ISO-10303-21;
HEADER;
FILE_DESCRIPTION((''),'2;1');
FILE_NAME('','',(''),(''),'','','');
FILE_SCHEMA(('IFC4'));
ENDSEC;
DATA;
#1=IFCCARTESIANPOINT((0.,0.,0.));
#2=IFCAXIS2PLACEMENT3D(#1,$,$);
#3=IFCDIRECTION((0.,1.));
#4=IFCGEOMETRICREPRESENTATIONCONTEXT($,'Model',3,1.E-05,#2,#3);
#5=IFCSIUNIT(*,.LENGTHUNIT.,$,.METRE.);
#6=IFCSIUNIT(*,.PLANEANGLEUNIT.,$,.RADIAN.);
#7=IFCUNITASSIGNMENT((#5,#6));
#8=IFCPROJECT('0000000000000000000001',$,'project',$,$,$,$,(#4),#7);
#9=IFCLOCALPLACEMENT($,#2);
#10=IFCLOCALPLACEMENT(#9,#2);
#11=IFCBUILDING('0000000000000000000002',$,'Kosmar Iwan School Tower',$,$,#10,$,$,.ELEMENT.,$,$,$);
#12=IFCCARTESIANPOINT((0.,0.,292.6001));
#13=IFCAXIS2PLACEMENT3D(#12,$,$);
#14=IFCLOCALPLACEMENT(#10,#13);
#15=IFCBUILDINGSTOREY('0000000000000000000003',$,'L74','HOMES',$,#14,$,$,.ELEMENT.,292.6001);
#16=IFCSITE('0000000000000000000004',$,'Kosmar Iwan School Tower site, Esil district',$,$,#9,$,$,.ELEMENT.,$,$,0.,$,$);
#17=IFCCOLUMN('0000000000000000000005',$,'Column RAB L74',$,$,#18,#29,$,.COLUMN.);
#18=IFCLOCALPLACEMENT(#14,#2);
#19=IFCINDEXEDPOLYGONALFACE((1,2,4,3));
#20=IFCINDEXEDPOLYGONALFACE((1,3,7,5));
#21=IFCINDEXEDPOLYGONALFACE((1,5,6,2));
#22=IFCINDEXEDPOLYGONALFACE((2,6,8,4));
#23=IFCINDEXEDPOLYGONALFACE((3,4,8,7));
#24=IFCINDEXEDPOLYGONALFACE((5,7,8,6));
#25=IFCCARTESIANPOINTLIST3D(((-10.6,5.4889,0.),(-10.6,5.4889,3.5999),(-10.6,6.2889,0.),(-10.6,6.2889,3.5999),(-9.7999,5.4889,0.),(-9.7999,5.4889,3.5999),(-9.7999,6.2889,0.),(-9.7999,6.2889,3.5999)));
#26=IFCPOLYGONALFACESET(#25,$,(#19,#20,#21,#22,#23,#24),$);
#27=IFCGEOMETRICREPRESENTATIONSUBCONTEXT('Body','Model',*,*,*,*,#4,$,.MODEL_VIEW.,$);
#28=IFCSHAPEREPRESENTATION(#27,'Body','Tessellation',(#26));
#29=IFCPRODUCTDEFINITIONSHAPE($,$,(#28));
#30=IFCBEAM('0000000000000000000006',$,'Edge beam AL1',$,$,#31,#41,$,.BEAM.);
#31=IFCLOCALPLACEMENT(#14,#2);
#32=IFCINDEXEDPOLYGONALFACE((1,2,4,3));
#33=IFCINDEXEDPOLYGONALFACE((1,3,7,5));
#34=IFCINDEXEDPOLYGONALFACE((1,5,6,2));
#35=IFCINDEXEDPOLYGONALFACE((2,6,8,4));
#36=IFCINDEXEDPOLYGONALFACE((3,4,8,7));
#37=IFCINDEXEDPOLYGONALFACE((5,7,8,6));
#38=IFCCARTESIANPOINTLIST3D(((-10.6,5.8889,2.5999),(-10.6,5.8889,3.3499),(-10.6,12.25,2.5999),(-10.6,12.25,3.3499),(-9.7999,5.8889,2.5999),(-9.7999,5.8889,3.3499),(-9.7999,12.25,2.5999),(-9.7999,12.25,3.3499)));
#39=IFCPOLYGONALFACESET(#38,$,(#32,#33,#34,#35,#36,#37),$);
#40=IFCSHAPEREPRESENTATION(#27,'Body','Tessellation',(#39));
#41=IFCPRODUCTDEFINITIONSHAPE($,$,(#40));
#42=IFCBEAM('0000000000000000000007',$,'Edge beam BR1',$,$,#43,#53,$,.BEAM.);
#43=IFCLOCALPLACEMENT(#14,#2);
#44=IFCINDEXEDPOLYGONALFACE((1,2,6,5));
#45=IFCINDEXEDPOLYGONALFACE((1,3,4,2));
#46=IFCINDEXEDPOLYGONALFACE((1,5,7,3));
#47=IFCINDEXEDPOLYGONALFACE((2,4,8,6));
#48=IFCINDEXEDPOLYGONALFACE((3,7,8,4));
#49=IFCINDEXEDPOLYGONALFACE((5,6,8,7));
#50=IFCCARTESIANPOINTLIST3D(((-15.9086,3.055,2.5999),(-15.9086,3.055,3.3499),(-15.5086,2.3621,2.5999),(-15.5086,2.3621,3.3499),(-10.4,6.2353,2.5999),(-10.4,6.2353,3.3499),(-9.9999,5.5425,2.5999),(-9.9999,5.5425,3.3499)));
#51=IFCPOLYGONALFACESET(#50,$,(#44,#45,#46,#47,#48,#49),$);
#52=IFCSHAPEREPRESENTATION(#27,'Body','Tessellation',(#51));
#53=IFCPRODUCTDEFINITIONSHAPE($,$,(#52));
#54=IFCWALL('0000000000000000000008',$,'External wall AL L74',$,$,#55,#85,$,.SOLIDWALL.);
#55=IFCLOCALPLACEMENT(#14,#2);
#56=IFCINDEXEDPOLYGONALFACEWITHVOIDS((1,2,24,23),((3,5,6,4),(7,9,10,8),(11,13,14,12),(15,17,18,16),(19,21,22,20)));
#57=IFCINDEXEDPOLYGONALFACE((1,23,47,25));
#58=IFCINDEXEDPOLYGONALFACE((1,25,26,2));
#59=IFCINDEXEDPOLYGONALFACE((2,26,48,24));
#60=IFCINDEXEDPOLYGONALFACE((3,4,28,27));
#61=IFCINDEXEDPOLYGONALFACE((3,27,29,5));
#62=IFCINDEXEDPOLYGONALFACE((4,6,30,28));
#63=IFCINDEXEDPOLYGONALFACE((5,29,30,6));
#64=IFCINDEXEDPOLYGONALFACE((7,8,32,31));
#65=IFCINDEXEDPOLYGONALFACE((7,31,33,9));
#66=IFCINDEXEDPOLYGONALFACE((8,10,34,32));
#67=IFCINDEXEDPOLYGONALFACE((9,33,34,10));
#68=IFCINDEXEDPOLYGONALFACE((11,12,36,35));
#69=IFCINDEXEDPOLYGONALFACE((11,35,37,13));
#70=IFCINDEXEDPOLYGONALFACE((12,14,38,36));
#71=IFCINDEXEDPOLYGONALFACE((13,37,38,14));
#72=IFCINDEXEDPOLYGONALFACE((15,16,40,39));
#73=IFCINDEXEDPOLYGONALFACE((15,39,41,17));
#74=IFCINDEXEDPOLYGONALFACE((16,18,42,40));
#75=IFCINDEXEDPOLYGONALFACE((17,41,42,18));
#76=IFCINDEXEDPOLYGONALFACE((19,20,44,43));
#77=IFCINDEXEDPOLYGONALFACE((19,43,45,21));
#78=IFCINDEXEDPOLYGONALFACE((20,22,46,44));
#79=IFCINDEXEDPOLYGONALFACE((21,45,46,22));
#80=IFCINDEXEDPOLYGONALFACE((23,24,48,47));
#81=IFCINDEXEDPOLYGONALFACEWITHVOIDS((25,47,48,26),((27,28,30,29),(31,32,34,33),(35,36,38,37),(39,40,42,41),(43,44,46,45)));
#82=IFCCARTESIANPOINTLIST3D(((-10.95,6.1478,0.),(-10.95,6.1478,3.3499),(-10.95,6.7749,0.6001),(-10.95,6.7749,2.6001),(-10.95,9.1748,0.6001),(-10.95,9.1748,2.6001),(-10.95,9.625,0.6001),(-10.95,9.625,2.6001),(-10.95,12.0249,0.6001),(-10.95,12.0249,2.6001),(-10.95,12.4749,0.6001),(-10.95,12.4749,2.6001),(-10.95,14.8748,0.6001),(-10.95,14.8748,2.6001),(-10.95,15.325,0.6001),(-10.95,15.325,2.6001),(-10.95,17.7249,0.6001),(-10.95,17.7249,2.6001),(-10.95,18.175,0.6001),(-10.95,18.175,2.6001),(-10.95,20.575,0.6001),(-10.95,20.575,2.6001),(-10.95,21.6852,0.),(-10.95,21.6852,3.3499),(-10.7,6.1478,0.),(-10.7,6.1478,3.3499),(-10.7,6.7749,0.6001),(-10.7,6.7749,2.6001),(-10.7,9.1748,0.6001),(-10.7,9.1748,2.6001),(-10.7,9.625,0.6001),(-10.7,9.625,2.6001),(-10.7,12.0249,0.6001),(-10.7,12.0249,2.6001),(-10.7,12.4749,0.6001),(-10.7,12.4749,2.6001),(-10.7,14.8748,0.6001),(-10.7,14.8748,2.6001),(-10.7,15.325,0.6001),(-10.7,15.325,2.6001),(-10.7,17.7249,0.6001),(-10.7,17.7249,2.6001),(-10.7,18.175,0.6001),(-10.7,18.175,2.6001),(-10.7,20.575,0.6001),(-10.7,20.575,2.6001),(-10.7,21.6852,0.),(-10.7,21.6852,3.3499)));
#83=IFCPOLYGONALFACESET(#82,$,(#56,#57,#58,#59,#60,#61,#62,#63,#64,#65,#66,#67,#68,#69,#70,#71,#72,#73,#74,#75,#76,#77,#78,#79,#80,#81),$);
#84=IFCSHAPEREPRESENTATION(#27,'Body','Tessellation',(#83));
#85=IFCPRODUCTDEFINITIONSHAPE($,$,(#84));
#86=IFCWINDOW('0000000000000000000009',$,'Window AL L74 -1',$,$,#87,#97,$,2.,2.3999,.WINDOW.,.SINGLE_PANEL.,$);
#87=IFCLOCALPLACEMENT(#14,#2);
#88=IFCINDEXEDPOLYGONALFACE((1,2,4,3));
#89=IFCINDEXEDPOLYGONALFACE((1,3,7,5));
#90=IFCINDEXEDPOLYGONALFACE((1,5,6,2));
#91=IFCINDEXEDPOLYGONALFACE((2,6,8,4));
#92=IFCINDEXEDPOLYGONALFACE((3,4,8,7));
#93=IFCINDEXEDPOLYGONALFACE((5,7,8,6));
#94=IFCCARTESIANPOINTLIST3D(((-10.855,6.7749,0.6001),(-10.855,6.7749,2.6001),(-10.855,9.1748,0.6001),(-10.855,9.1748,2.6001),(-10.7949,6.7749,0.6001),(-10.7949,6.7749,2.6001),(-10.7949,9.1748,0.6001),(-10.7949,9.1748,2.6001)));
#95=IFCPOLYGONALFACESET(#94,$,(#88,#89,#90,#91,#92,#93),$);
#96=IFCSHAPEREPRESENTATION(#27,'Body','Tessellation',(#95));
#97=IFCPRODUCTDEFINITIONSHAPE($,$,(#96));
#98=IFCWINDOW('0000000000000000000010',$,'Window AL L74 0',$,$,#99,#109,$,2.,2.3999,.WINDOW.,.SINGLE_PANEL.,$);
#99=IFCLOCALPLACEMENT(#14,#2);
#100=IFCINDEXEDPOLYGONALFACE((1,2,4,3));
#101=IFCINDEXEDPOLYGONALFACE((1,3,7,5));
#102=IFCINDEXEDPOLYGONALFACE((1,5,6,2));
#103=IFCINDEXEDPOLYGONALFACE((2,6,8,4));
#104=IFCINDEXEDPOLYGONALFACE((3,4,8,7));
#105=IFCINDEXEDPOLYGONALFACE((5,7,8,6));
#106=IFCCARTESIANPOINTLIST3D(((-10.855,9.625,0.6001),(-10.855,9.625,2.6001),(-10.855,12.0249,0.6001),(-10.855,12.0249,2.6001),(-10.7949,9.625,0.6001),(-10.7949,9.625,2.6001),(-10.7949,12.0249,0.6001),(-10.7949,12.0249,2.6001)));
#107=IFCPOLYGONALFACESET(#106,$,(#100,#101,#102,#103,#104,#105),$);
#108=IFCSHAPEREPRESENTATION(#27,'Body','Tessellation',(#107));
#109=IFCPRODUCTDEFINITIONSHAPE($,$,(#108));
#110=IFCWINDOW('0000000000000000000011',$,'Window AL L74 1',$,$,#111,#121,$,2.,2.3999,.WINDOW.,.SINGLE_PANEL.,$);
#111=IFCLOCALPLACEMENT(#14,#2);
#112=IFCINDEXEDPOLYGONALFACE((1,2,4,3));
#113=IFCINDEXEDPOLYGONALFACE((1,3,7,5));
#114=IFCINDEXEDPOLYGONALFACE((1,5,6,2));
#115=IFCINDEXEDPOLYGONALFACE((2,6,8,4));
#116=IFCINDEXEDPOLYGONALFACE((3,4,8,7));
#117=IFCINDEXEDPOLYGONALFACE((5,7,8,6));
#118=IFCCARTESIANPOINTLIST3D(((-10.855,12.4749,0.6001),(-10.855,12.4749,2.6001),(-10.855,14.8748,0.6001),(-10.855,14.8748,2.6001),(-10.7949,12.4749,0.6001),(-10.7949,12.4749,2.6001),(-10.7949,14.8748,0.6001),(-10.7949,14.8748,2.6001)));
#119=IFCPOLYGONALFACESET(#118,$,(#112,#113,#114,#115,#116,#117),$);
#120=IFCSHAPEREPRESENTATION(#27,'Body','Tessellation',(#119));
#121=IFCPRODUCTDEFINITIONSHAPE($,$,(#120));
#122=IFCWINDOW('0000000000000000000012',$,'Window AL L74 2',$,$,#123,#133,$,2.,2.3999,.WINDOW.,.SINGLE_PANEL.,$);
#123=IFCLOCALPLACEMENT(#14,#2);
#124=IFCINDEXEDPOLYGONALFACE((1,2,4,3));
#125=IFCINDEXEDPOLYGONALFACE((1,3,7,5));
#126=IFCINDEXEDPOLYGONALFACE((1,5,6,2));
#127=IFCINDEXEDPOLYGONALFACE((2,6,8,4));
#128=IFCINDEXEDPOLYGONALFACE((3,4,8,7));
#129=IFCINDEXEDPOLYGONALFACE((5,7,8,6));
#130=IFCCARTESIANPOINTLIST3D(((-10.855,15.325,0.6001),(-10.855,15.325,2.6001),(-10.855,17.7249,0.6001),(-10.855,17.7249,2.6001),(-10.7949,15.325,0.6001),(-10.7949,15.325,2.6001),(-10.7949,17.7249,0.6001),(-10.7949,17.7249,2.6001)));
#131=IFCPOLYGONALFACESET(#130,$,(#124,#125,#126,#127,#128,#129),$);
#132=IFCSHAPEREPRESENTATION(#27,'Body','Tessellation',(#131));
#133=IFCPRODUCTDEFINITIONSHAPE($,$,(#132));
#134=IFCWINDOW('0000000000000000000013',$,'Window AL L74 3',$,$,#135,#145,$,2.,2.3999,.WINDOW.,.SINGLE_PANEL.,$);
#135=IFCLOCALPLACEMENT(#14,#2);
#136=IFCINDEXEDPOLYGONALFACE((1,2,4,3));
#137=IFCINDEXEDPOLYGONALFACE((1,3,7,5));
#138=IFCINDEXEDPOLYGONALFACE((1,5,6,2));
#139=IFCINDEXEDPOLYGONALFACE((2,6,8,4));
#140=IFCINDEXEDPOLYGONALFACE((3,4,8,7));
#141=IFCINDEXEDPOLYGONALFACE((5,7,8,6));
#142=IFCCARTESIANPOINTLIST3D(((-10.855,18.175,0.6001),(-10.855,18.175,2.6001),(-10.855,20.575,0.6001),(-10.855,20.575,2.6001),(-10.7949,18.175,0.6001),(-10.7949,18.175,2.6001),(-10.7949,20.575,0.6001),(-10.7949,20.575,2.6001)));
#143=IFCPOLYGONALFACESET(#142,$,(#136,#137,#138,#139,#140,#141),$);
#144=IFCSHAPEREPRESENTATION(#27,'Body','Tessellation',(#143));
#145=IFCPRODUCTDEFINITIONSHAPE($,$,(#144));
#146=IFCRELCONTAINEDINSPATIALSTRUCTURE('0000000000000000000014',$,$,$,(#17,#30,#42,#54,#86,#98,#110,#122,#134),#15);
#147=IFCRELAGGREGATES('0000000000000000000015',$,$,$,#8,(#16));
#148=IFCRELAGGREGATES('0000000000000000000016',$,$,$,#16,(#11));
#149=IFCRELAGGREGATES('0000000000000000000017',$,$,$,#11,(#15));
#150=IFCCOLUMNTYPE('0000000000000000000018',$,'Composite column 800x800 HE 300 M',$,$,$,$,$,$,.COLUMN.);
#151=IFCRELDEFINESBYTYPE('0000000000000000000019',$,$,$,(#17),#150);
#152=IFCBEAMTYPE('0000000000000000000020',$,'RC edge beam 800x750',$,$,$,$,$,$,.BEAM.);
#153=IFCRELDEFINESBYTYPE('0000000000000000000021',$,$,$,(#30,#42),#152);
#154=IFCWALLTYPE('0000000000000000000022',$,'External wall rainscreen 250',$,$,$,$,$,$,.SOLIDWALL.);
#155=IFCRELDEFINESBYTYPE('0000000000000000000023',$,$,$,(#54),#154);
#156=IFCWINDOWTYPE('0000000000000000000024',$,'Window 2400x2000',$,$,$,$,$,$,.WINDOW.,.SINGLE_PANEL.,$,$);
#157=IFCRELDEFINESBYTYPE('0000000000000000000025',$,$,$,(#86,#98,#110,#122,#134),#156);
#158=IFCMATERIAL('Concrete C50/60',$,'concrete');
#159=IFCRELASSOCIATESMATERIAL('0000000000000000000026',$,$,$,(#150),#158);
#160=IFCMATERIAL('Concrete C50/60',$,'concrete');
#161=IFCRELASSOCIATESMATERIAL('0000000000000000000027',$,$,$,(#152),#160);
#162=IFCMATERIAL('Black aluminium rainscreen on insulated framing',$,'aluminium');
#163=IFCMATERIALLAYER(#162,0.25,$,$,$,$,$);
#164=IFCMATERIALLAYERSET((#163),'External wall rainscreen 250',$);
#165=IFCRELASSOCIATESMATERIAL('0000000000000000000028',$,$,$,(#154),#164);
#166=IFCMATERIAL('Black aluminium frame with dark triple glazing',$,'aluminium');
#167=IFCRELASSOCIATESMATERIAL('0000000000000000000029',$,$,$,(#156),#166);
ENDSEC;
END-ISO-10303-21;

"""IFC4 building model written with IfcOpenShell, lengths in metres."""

from ifc_helpers import new_model, si_unit, direction, frame, frame_2d, origin, origin_2d, place, context, subcontext, project, spatial, rectangle, extrude, material, layer, layer_set, material_profile, profile_set, type_object, element, fill, save


model = new_model("IFC4")

# Units and contexts
model_context = context("Model", 3, precision=1e-05, world=origin(), true_north=direction((0.0, 1.0)))
body_context = subcontext(model_context, "Body", "Model", "MODEL_VIEW")
ifc_project = project(units=[si_unit("LENGTHUNIT", "METRE"), si_unit("PLANEANGLEUNIT", "RADIAN")], contexts=[model_context])

# Site, building, storey
site_placement = place(None, origin())
site = spatial("IfcSite", under=ifc_project, at=site_placement, Name="Kosmar Iwan School Tower site, Esil district", CompositionType="ELEMENT", RefElevation=0.0)
building_placement = place(site_placement, origin())
building = spatial("IfcBuilding", under=site, at=building_placement, Name="Kosmar Iwan School Tower", CompositionType="ELEMENT")
storey_placement = place(building_placement, frame((0.0, 0.0, 292.6001)))
storey = spatial("IfcBuildingStorey", under=building, at=storey_placement, Name="L74", Description="HOMES", CompositionType="ELEMENT", Elevation=292.6001)

# Column
ifc_material_1 = material(Name="Concrete C50/60", Category="concrete")
ifc_material_profile_1 = material_profile(ifc_material_1, rectangle(XDim=0.8, YDim=0.8, at=origin_2d()), Name="RC 800x800 + HE 300 M")
ifc_profile_set_1 = profile_set([ifc_material_profile_1], Name="Concrete C50/60")
column_type = type_object("IfcColumnType", Name="Composite column 800x800 HE 300 M", PredefinedType="COLUMN", material=ifc_profile_set_1)
column_placement = place(storey_placement, frame((-10.2, 5.8889, 0.0), z_axis=(0.0, 0.0, 1.0), x_axis=(1.0, 0.0, 0.0)))
element("IfcColumn", 1, at=column_placement, inside=storey, type_object=column_type, Name="Column RAB L74", PredefinedType="COLUMN", context=body_context, shape_type="SweptSolid", body=[
    extrude(rectangle(XDim=0.8, YDim=0.8, at=origin_2d()), origin(), (0.0, 0.0, 1.0), 3.5999),
])

# Beams
ifc_material_2 = material(Name="Concrete C50/60", Category="concrete")
ifc_material_profile_2 = material_profile(ifc_material_2, rectangle(XDim=0.8, YDim=0.75, at=origin_2d()), Name="RC 800x750")
ifc_profile_set_2 = profile_set([ifc_material_profile_2], Name="Concrete C50/60")
beam_type = type_object("IfcBeamType", Name="RC edge beam 800x750", PredefinedType="BEAM", material=ifc_profile_set_2)
beam_1_placement = place(storey_placement, frame((-10.2, 5.8889, 2.9749), z_axis=(0.0, 1.0, 0.0), x_axis=(-1.0, 0.0, 0.0)))
element("IfcBeam", 2, at=beam_1_placement, inside=storey, type_object=beam_type, Name="Edge beam AL1", PredefinedType="BEAM", context=body_context, shape_type="SweptSolid", body=[
    extrude(rectangle(XDim=0.8, YDim=0.75, at=origin_2d()), origin(), (0.0, 0.0, 1.0), 6.3611),
])
beam_2_placement = place(storey_placement, frame((-10.2, 5.8889, 2.9749), z_axis=(-0.866031, -0.49999, 0.0), x_axis=(0.49999, -0.866031, 0.0)))
element("IfcBeam", 3, at=beam_2_placement, inside=storey, type_object=beam_type, Name="Edge beam BR1", PredefinedType="BEAM", context=body_context, shape_type="SweptSolid", body=[
    extrude(rectangle(XDim=0.8, YDim=0.75, at=origin_2d()), origin(), (0.0, 0.0, 1.0), 6.3608),
])

# Wall, openings, windows
ifc_material_3 = material(Name="Black aluminium rainscreen on insulated framing", Category="aluminium")
ifc_layer = layer(ifc_material_3, 0.25)
ifc_layer_set = layer_set([ifc_layer], Name="External wall rainscreen 250")
wall_type = type_object("IfcWallType", Name="External wall rainscreen 250", PredefinedType="SOLIDWALL", material=ifc_layer_set)
wall_1_placement = place(storey_placement, frame((-10.825, 6.1479, 0.0), z_axis=(0.0, 0.0, 1.0), x_axis=(0.0, 1.0, 0.0)))
wall_1 = element("IfcWall", 4, at=wall_1_placement, inside=storey, type_object=wall_type, Name="External wall AL L74", PredefinedType="SOLIDWALL", context=body_context, shape_type="SweptSolid", body=[
    extrude(rectangle(XDim=15.5374, YDim=0.25, at=frame_2d((7.7686, 0.0))), origin(), (0.0, 0.0, 1.0), 3.3499),
])
opening_1_placement = place(wall_1_placement, frame((0.627, 0.0, 0.6001)))
opening_1 = element("IfcOpeningElement", 5, at=opening_1_placement, cuts=wall_1, PredefinedType="OPENING", context=body_context, shape_type="SweptSolid", body=[
    extrude(rectangle(XDim=2.3999, YDim=2.0, at=frame_2d((1.2, 1.0))), frame((0.0, 0.137, 0.0), z_axis=(0.0, -1.0, 0.0), x_axis=(1.0, 0.0, 0.0)), (0.0, 0.0, 1.0), 0.2739),
])
opening_2_placement = place(wall_1_placement, frame((3.4771, 0.0, 0.6001)))
opening_2 = element("IfcOpeningElement", 6, at=opening_2_placement, cuts=wall_1, PredefinedType="OPENING", context=body_context, shape_type="SweptSolid", body=[
    extrude(rectangle(XDim=2.3999, YDim=2.0, at=frame_2d((1.2, 1.0))), frame((0.0, 0.137, 0.0), z_axis=(0.0, -1.0, 0.0), x_axis=(1.0, 0.0, 0.0)), (0.0, 0.0, 1.0), 0.2739),
])
opening_3_placement = place(wall_1_placement, frame((6.3269, 0.0, 0.6001)))
opening_3 = element("IfcOpeningElement", 7, at=opening_3_placement, cuts=wall_1, PredefinedType="OPENING", context=body_context, shape_type="SweptSolid", body=[
    extrude(rectangle(XDim=2.3999, YDim=2.0, at=frame_2d((1.2, 1.0))), frame((0.0, 0.137, 0.0), z_axis=(0.0, -1.0, 0.0), x_axis=(1.0, 0.0, 0.0)), (0.0, 0.0, 1.0), 0.2739),
])
opening_4_placement = place(wall_1_placement, frame((9.177, 0.0, 0.6001)))
opening_4 = element("IfcOpeningElement", 8, at=opening_4_placement, cuts=wall_1, PredefinedType="OPENING", context=body_context, shape_type="SweptSolid", body=[
    extrude(rectangle(XDim=2.3999, YDim=2.0, at=frame_2d((1.2, 1.0))), frame((0.0, 0.137, 0.0), z_axis=(0.0, -1.0, 0.0), x_axis=(1.0, 0.0, 0.0)), (0.0, 0.0, 1.0), 0.2739),
])
opening_5_placement = place(wall_1_placement, frame((12.0271, 0.0, 0.6001)))
opening_5 = element("IfcOpeningElement", 9, at=opening_5_placement, cuts=wall_1, PredefinedType="OPENING", context=body_context, shape_type="SweptSolid", body=[
    extrude(rectangle(XDim=2.3999, YDim=2.0, at=frame_2d((1.2, 1.0))), frame((0.0, 0.137, 0.0), z_axis=(0.0, -1.0, 0.0), x_axis=(1.0, 0.0, 0.0)), (0.0, 0.0, 1.0), 0.2739),
])
ifc_material_4 = material(Name="Black aluminium frame with dark triple glazing", Category="aluminium")
window_type = type_object("IfcWindowType", Name="Window 2400x2000", PartitioningType="SINGLE_PANEL", PredefinedType="WINDOW", material=ifc_material_4)
window_1_placement = place(opening_1_placement, origin())
window_1 = element("IfcWindow", 10, at=window_1_placement, inside=storey, type_object=window_type, Name="Window AL L74 -1", OverallHeight=2.0, OverallWidth=2.3999, PartitioningType="SINGLE_PANEL", PredefinedType="WINDOW", context=body_context, shape_type="SweptSolid", body=[
    extrude(rectangle(XDim=2.3999, YDim=2.0, at=frame_2d((1.2, 1.0))), frame((0.0, 0.03, 0.0), z_axis=(0.0, -1.0, 0.0), x_axis=(1.0, 0.0, 0.0)), (0.0, 0.0, 1.0), 0.0601),
])
fill(opening_1, window_1)
window_2_placement = place(opening_2_placement, origin())
window_2 = element("IfcWindow", 11, at=window_2_placement, inside=storey, type_object=window_type, Name="Window AL L74 0", OverallHeight=2.0, OverallWidth=2.3999, PartitioningType="SINGLE_PANEL", PredefinedType="WINDOW", context=body_context, shape_type="SweptSolid", body=[
    extrude(rectangle(XDim=2.3999, YDim=2.0, at=frame_2d((1.2, 1.0))), frame((0.0, 0.03, 0.0), z_axis=(0.0, -1.0, 0.0), x_axis=(1.0, 0.0, 0.0)), (0.0, 0.0, 1.0), 0.0601),
])
fill(opening_2, window_2)
window_3_placement = place(opening_3_placement, origin())
window_3 = element("IfcWindow", 12, at=window_3_placement, inside=storey, type_object=window_type, Name="Window AL L74 1", OverallHeight=2.0, OverallWidth=2.3999, PartitioningType="SINGLE_PANEL", PredefinedType="WINDOW", context=body_context, shape_type="SweptSolid", body=[
    extrude(rectangle(XDim=2.3999, YDim=2.0, at=frame_2d((1.2, 1.0))), frame((0.0, 0.03, 0.0), z_axis=(0.0, -1.0, 0.0), x_axis=(1.0, 0.0, 0.0)), (0.0, 0.0, 1.0), 0.0601),
])
fill(opening_3, window_3)
window_4_placement = place(opening_4_placement, origin())
window_4 = element("IfcWindow", 13, at=window_4_placement, inside=storey, type_object=window_type, Name="Window AL L74 2", OverallHeight=2.0, OverallWidth=2.3999, PartitioningType="SINGLE_PANEL", PredefinedType="WINDOW", context=body_context, shape_type="SweptSolid", body=[
    extrude(rectangle(XDim=2.3999, YDim=2.0, at=frame_2d((1.2, 1.0))), frame((0.0, 0.03, 0.0), z_axis=(0.0, -1.0, 0.0), x_axis=(1.0, 0.0, 0.0)), (0.0, 0.0, 1.0), 0.0601),
])
fill(opening_4, window_4)
window_5_placement = place(opening_5_placement, origin())
window_5 = element("IfcWindow", 14, at=window_5_placement, inside=storey, type_object=window_type, Name="Window AL L74 3", OverallHeight=2.0, OverallWidth=2.3999, PartitioningType="SINGLE_PANEL", PredefinedType="WINDOW", context=body_context, shape_type="SweptSolid", body=[
    extrude(rectangle(XDim=2.3999, YDim=2.0, at=frame_2d((1.2, 1.0))), frame((0.0, 0.03, 0.0), z_axis=(0.0, -1.0, 0.0), x_axis=(1.0, 0.0, 0.0)), (0.0, 0.0, 1.0), 0.0601),
])
fill(opening_5, window_5)

save(model, "model.ifc")
